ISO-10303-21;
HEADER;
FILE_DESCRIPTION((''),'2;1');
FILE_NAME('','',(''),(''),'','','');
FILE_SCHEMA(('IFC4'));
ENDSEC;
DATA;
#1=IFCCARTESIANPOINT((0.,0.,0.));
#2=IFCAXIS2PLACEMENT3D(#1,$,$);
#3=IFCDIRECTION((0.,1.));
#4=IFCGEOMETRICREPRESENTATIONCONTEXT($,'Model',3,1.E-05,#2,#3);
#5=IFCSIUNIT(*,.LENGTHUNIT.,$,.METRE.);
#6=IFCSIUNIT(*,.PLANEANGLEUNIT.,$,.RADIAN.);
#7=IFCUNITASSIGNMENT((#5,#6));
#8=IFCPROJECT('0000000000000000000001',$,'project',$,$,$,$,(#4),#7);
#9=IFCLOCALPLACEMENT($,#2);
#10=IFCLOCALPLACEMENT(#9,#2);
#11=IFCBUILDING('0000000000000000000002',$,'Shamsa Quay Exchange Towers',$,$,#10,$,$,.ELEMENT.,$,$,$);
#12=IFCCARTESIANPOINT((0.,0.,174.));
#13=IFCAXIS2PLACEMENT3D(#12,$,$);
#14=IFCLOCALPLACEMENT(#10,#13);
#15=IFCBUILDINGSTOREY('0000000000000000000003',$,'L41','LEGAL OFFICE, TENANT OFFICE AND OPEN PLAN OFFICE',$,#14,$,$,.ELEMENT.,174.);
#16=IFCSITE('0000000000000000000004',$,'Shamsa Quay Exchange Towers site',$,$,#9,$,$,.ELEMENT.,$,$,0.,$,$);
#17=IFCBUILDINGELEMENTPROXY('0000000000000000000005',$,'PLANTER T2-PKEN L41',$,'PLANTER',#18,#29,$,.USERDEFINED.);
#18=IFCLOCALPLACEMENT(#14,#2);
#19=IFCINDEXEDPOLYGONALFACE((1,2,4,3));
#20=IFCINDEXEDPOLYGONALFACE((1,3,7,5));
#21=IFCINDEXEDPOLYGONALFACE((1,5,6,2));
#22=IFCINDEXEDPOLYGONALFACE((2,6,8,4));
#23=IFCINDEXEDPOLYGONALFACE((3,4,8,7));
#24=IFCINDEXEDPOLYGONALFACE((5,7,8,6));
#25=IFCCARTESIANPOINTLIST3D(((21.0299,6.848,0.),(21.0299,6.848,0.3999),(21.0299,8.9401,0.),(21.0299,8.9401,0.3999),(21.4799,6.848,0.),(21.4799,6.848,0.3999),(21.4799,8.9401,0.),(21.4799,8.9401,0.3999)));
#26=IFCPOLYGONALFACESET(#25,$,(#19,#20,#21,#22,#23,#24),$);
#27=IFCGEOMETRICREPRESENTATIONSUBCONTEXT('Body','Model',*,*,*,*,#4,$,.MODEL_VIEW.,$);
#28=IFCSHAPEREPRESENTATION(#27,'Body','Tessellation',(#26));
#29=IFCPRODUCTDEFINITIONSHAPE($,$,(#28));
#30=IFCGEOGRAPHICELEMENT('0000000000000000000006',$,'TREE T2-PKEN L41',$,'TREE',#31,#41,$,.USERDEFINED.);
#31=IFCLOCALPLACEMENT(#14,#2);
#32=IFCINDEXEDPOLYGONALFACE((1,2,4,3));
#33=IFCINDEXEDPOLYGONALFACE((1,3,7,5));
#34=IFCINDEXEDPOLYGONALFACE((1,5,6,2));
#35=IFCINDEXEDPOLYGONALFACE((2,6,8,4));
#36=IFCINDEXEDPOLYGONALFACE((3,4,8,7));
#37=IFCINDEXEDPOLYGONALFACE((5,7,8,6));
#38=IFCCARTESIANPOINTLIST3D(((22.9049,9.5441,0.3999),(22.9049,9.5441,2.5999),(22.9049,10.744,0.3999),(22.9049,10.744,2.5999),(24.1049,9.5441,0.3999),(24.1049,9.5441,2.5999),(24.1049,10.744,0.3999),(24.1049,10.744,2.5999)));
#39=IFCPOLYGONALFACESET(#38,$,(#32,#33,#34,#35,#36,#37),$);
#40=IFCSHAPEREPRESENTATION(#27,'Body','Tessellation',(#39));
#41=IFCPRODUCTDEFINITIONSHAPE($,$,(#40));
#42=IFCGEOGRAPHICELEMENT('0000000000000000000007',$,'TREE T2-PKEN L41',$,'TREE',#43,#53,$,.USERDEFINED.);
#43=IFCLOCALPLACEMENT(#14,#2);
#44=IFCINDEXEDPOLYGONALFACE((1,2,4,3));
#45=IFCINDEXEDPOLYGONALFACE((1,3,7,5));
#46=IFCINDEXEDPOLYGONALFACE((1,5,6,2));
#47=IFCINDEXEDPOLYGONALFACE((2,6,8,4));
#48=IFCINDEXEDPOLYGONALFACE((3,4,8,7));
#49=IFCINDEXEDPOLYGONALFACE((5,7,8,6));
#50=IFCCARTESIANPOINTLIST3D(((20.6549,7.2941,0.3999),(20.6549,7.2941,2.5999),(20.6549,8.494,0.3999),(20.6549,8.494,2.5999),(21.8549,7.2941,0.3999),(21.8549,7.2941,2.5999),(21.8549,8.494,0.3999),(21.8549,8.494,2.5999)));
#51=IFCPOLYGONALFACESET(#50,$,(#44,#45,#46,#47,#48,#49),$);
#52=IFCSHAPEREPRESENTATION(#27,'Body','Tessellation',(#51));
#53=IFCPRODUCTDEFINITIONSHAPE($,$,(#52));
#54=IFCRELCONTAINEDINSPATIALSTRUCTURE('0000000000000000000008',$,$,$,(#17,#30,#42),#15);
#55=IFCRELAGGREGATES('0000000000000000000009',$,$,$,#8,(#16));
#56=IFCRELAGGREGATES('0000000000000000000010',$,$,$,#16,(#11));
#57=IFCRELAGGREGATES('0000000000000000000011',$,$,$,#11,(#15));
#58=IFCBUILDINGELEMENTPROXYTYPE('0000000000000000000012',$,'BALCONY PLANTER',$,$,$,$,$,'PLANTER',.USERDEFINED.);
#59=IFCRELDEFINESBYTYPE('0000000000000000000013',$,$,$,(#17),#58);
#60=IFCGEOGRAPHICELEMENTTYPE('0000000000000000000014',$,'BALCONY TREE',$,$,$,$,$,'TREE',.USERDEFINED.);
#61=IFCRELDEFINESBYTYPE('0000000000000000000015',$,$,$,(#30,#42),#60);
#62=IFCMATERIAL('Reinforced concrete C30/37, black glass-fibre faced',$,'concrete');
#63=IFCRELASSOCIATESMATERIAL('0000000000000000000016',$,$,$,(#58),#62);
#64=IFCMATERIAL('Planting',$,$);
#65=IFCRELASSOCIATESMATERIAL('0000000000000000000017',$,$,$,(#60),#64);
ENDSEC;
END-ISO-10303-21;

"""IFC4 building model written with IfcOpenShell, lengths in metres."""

from ifc_helpers import new_model, si_unit, direction, frame, origin, origin_2d, place, context, subcontext, project, spatial, rectangle, extrude, material, type_object, element, save


model = new_model("IFC4")

# Units and contexts
model_context = context("Model", 3, precision=1e-05, world=origin(), true_north=direction((0.0, 1.0)))
body_context = subcontext(model_context, "Body", "Model", "MODEL_VIEW")
ifc_project = project(units=[si_unit("LENGTHUNIT", "METRE"), si_unit("PLANEANGLEUNIT", "RADIAN")], contexts=[model_context])

# Site, building, storey
site_placement = place(None, origin())
site = spatial("IfcSite", under=ifc_project, at=site_placement, Name="Shamsa Quay Exchange Towers site", CompositionType="ELEMENT", RefElevation=0.0)
building_placement = place(site_placement, origin())
building = spatial("IfcBuilding", under=site, at=building_placement, Name="Shamsa Quay Exchange Towers", CompositionType="ELEMENT")
storey_placement = place(building_placement, frame((0.0, 0.0, 174.0)))
storey = spatial("IfcBuildingStorey", under=building, at=storey_placement, Name="L41", Description="LEGAL OFFICE, TENANT OFFICE AND OPEN PLAN OFFICE", CompositionType="ELEMENT", Elevation=174.0)

# Building element proxy
ifc_material_1 = material(Name="Reinforced concrete C30/37, black glass-fibre faced", Category="concrete")
building_element_proxy_type = type_object("IfcBuildingElementProxyType", Name="BALCONY PLANTER", ElementType="PLANTER", PredefinedType="USERDEFINED", material=ifc_material_1)
for number, where, z_axis, x_axis, name in (
    (1, (21.2549, 7.894, 0.0), (0.0, 0.0, 1.0), (0.0, -1.0, 0.0), "PLANTER T2-PKEN L41"),
):
    element("IfcBuildingElementProxy", number, at=place(storey_placement, frame(where, z_axis=z_axis, x_axis=x_axis)), inside=storey, type_object=building_element_proxy_type, Name=name, ObjectType="PLANTER", PredefinedType="USERDEFINED", context=body_context, shape_type="SweptSolid", body=[
        extrude(rectangle(XDim=2.092, YDim=0.45, at=origin_2d()), origin(), (0.0, 0.0, 1.0), 0.3999),
    ])

# Geographic elements
ifc_material_2 = material(Name="Planting")
geographic_element_type = type_object("IfcGeographicElementType", Name="BALCONY TREE", ElementType="TREE", PredefinedType="USERDEFINED", material=ifc_material_2)
for number, where, z_axis, x_axis, name in (
    (2, (23.5049, 10.144, 0.3999), (0.0, 0.0, 1.0), (0.0, -1.0, 0.0), "TREE T2-PKEN L41"),
    (3, (21.2549, 7.894, 0.3999), (0.0, 0.0, 1.0), (0.0, -1.0, 0.0), "TREE T2-PKEN L41"),
):
    element("IfcGeographicElement", number, at=place(storey_placement, frame(where, z_axis=z_axis, x_axis=x_axis)), inside=storey, type_object=geographic_element_type, Name=name, ObjectType="TREE", PredefinedType="USERDEFINED", context=body_context, shape_type="SweptSolid", body=[
        extrude(rectangle(XDim=1.2, YDim=1.2, at=origin_2d()), origin(), (0.0, 0.0, 1.0), 2.2),
    ])

save(model, "model.ifc")
